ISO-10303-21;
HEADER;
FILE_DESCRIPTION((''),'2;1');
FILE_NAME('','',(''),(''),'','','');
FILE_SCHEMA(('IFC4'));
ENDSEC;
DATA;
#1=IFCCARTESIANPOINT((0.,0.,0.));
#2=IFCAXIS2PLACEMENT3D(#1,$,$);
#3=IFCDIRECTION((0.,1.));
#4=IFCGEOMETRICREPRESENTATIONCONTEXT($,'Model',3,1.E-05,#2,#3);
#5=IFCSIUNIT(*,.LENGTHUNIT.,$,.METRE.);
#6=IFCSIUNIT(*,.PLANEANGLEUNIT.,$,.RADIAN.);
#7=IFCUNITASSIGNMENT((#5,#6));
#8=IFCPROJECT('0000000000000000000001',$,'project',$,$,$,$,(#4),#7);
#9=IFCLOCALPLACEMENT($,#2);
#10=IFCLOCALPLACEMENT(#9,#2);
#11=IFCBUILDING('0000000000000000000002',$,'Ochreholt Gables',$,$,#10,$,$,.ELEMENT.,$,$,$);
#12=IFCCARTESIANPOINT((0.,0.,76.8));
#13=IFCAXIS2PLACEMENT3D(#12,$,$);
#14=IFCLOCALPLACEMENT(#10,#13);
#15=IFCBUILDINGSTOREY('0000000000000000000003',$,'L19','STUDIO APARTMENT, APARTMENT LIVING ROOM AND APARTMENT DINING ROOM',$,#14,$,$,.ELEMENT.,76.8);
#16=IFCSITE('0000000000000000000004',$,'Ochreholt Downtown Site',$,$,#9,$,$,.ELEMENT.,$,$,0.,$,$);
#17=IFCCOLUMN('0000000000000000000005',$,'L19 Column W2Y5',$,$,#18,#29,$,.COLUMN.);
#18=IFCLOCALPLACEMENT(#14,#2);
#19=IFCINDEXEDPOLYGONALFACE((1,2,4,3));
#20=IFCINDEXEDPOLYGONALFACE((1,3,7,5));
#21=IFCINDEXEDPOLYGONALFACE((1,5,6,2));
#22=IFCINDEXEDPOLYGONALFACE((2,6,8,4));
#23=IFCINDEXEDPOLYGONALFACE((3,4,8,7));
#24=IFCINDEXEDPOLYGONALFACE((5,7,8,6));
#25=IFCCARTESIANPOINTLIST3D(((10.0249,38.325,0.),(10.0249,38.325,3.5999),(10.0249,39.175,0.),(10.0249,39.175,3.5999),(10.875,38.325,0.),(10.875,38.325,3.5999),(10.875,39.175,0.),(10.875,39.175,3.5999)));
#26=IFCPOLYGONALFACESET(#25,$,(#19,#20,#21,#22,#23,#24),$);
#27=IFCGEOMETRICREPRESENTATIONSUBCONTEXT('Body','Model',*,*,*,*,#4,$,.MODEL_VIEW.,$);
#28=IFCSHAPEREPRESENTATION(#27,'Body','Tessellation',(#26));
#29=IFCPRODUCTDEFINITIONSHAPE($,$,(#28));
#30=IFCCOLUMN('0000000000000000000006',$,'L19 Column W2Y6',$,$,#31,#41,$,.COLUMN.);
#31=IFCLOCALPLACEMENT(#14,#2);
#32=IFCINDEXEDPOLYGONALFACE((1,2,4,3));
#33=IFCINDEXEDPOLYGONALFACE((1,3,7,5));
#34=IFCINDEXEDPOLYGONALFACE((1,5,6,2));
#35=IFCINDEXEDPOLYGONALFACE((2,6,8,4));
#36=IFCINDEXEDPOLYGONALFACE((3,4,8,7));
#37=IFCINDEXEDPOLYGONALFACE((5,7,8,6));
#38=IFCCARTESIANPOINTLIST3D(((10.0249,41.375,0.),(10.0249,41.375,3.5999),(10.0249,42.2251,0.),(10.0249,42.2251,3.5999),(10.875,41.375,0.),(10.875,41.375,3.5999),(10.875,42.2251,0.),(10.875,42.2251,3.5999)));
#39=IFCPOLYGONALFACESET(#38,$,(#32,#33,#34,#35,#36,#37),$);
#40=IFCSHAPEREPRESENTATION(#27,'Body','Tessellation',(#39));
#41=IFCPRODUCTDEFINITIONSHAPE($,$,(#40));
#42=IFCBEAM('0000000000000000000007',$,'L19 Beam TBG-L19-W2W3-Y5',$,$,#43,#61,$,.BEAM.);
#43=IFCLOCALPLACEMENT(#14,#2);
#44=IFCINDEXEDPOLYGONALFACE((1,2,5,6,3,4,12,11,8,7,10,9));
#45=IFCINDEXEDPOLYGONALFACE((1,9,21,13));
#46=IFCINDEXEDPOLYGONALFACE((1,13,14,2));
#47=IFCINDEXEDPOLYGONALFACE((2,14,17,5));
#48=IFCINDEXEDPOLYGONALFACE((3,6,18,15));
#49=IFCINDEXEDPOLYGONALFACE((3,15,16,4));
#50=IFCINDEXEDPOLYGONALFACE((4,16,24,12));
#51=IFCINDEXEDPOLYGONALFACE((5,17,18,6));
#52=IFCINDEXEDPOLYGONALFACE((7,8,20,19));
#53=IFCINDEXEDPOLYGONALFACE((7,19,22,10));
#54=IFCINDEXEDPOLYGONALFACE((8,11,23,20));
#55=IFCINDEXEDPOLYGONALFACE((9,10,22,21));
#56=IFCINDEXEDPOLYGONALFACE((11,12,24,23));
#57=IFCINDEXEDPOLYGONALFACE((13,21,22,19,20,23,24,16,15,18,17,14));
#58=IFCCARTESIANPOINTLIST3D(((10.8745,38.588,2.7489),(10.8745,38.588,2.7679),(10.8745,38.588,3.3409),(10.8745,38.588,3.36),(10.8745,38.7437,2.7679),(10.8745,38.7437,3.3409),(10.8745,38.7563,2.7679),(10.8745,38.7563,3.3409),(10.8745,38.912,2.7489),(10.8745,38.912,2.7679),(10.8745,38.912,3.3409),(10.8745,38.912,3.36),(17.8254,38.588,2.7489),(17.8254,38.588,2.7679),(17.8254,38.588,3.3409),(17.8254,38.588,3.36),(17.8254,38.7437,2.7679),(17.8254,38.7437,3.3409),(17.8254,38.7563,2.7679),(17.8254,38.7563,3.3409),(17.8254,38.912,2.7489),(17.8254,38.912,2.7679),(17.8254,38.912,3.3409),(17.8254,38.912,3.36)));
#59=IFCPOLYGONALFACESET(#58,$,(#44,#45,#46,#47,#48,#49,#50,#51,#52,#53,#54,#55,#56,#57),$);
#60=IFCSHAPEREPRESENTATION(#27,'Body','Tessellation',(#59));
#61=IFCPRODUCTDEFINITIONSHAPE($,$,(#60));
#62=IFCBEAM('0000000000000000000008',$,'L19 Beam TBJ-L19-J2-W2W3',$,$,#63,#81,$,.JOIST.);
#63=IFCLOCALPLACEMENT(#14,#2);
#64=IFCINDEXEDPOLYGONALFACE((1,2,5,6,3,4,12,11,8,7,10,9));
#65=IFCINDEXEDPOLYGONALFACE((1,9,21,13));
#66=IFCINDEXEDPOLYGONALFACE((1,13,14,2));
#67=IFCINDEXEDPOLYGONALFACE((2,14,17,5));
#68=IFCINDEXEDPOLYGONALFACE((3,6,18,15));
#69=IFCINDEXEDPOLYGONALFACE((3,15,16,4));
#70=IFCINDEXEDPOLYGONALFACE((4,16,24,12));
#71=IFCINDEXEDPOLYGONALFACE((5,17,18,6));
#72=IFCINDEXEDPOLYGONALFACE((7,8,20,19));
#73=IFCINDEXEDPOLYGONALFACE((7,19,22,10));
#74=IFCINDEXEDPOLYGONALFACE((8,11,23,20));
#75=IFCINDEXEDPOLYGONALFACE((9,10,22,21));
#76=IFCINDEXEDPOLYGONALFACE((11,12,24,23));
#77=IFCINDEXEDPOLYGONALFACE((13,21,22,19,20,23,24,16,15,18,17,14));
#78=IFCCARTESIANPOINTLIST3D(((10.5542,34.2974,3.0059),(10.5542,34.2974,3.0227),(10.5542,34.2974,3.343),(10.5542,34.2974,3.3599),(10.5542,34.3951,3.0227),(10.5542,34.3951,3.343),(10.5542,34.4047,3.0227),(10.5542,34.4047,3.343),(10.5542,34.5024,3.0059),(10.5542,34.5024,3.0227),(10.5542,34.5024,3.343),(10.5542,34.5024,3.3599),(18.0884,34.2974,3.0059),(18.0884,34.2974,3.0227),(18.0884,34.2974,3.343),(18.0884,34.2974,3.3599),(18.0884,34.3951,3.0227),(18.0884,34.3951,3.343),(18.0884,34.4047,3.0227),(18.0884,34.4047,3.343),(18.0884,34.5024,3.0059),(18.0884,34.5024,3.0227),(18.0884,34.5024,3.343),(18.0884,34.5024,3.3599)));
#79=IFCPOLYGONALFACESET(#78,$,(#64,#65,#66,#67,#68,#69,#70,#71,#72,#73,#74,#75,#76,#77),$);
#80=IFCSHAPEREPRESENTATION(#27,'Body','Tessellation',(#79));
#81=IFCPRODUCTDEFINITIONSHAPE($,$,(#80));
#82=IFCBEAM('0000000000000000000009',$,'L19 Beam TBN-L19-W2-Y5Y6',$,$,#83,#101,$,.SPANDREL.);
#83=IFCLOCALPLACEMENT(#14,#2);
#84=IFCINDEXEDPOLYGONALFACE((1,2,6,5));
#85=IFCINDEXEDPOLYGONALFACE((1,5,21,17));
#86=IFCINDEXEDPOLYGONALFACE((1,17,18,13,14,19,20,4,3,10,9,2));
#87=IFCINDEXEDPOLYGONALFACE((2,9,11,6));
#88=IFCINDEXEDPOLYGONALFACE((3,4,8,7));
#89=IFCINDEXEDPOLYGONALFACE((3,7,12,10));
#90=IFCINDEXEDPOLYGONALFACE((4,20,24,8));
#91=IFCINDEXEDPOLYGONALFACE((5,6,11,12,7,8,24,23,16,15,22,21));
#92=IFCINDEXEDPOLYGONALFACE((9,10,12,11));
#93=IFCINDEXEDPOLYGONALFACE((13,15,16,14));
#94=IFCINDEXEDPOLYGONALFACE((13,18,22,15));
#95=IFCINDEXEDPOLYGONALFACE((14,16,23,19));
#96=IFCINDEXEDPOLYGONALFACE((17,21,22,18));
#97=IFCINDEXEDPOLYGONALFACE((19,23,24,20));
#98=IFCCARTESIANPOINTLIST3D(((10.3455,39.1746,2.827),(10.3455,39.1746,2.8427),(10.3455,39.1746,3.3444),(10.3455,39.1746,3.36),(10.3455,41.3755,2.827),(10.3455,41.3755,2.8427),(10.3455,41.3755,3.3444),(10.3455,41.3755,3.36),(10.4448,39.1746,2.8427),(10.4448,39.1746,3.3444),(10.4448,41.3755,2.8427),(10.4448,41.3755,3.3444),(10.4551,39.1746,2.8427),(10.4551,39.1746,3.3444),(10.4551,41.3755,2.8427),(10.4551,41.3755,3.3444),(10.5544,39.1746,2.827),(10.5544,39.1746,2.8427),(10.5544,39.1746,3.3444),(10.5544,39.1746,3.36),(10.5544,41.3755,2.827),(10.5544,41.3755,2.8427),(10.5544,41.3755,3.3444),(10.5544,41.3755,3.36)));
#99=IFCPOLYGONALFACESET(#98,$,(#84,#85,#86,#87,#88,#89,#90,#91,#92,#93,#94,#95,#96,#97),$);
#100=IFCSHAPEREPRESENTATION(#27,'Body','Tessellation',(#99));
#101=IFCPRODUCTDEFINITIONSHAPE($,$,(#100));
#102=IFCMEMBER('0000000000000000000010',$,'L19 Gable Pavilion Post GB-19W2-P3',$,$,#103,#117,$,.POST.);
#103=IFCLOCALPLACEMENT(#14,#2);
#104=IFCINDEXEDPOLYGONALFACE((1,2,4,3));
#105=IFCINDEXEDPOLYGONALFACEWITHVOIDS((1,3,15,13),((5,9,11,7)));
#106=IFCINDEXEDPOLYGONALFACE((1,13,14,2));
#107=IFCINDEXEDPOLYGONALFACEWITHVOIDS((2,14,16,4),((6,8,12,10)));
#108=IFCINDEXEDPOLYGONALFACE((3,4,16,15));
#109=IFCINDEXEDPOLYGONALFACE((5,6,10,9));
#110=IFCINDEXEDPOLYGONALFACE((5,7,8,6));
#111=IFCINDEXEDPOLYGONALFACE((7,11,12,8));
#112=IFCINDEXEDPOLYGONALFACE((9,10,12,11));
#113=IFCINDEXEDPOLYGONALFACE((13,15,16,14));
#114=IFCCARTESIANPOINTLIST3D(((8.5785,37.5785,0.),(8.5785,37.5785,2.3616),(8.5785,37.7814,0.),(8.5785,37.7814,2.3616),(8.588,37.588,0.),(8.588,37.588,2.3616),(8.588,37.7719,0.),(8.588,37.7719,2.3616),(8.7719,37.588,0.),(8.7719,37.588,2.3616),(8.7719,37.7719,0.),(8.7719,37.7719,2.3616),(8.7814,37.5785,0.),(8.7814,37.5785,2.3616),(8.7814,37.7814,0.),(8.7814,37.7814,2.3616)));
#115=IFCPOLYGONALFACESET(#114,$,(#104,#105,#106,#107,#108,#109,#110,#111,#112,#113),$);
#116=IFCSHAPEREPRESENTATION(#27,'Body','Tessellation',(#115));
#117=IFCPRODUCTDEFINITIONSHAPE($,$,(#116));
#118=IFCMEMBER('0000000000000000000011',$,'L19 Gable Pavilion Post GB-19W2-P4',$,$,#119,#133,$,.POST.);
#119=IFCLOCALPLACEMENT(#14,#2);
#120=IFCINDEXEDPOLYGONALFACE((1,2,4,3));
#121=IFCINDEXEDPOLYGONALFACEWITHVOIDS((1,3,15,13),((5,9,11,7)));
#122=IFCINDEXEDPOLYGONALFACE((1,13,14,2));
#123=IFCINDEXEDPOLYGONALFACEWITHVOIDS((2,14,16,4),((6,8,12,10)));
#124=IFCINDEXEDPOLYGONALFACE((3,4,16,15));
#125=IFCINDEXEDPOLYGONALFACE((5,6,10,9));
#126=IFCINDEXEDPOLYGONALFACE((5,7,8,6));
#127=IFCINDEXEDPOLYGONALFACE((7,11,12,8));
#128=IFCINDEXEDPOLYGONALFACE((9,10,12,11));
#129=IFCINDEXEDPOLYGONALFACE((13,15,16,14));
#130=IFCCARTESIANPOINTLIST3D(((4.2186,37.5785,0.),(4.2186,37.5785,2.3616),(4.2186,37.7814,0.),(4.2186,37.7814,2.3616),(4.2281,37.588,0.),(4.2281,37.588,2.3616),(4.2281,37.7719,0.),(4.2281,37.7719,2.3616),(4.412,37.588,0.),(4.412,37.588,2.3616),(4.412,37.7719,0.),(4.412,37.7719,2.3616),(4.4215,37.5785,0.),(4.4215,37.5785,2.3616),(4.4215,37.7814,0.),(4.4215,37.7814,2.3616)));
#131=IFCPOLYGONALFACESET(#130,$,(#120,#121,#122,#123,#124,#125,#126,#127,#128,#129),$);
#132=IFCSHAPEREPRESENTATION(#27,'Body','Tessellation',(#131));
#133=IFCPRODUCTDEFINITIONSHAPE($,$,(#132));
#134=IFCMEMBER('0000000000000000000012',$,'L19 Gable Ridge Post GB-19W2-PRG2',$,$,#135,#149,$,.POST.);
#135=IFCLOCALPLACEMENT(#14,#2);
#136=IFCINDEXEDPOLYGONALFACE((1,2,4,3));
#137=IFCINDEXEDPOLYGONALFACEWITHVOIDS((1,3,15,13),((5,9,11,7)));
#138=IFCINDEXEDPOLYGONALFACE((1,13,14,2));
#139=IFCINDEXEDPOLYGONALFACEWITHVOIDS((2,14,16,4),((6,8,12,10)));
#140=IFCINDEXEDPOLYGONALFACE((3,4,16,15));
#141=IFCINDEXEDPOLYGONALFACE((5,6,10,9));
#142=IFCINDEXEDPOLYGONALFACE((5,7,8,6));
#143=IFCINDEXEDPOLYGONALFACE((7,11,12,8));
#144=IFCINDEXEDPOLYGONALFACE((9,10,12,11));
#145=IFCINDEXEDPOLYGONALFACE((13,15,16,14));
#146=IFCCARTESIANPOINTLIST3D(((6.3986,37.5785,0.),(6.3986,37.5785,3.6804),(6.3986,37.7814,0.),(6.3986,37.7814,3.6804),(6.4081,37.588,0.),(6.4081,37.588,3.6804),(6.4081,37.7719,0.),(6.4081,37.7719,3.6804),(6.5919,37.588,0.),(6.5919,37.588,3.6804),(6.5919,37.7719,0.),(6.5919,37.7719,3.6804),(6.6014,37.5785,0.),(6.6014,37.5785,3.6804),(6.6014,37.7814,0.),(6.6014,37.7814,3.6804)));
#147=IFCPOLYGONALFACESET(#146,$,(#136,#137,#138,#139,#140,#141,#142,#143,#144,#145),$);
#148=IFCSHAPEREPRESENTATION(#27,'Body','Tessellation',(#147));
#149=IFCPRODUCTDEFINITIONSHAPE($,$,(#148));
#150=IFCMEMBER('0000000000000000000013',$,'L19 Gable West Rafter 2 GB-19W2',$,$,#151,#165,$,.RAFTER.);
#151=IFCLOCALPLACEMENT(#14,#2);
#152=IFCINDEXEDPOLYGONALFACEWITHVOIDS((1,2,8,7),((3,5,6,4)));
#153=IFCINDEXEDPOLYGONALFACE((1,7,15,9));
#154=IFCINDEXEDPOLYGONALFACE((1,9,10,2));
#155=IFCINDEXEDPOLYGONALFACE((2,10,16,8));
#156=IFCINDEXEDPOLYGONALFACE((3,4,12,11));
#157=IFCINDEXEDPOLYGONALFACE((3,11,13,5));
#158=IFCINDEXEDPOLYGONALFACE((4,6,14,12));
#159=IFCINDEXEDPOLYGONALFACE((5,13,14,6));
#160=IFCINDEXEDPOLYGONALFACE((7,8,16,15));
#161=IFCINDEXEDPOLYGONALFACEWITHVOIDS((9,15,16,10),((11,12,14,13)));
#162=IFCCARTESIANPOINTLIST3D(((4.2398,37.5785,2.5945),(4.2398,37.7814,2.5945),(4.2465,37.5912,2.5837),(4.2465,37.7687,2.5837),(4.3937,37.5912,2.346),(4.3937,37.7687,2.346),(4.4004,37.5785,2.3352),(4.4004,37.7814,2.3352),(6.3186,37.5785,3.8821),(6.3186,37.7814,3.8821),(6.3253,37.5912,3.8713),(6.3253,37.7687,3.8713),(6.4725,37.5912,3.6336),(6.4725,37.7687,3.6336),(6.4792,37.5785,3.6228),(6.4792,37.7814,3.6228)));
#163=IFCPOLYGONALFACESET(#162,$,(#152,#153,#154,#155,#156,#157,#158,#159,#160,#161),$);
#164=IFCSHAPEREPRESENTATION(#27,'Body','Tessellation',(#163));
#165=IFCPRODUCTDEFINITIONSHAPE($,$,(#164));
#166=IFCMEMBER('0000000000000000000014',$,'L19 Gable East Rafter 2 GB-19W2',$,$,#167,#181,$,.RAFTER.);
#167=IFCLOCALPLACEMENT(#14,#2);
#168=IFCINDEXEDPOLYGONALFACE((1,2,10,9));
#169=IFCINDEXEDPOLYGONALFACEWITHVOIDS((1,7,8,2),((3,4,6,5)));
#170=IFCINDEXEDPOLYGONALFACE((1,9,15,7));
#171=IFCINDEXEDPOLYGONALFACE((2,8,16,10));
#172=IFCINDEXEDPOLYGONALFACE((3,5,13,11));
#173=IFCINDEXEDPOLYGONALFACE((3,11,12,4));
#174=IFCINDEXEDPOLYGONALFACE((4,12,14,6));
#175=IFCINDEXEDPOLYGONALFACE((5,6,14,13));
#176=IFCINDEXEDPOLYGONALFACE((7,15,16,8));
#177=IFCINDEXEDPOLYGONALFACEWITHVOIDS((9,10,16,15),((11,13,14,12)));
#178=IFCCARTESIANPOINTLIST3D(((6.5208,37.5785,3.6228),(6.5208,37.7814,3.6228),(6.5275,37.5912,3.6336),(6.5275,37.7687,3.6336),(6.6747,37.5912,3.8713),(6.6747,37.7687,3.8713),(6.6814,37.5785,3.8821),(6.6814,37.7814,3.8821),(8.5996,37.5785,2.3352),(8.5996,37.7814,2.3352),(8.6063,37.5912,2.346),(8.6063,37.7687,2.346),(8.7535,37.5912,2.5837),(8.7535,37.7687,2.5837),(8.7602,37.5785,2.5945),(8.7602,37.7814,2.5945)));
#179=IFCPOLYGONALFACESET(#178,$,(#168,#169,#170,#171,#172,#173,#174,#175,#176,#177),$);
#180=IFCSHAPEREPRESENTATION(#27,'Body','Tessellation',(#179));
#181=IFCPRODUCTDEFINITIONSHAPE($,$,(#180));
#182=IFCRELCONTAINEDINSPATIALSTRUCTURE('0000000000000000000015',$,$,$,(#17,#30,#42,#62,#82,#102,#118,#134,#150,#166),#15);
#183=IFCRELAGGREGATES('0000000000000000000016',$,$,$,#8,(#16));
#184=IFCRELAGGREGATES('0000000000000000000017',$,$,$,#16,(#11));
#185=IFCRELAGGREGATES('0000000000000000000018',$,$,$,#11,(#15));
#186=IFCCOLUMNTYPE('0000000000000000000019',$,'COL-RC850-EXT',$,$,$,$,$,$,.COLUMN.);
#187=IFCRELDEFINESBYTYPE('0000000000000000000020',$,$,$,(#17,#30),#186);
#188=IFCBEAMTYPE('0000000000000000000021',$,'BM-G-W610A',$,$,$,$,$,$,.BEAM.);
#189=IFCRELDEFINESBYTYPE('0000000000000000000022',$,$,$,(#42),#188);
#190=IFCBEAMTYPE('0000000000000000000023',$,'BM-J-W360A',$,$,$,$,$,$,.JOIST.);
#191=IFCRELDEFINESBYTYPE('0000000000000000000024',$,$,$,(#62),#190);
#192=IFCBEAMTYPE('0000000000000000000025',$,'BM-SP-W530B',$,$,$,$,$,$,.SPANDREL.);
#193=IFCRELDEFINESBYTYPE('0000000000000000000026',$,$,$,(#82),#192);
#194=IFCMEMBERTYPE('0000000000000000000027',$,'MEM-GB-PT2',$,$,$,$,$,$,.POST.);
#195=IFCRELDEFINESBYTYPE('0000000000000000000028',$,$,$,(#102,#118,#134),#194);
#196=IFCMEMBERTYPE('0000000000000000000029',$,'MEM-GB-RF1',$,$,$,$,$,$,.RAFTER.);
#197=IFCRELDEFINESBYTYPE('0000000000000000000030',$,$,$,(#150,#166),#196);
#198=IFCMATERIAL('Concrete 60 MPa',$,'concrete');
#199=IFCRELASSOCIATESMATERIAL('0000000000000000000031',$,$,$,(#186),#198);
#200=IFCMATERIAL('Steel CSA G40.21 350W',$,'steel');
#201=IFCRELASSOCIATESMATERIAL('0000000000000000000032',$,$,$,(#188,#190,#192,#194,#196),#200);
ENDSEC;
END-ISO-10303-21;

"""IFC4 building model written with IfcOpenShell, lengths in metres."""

from ifc_helpers import new_model, si_unit, direction, frame, origin, origin_2d, place, context, subcontext, project, spatial, rectangle, hollow_rectangle, i_section, extrude, material, material_profile, profile_set, type_object, element, save


model = new_model("IFC4")

# Units and contexts
model_context = context("Model", 3, precision=1e-05, world=origin(), true_north=direction((0.0, 1.0)))
body_context = subcontext(model_context, "Body", "Model", "MODEL_VIEW")
ifc_project = project(units=[si_unit("LENGTHUNIT", "METRE"), si_unit("PLANEANGLEUNIT", "RADIAN")], contexts=[model_context])

# Site, building, storey
site_placement = place(None, origin())
site = spatial("IfcSite", under=ifc_project, at=site_placement, Name="Ochreholt Downtown Site", CompositionType="ELEMENT", RefElevation=0.0)
building_placement = place(site_placement, origin())
building = spatial("IfcBuilding", under=site, at=building_placement, Name="Ochreholt Gables", CompositionType="ELEMENT")
storey_placement = place(building_placement, frame((0.0, 0.0, 76.8)))
storey = spatial("IfcBuildingStorey", under=building, at=storey_placement, Name="L19", Description="STUDIO APARTMENT, APARTMENT LIVING ROOM AND APARTMENT DINING ROOM", CompositionType="ELEMENT", Elevation=76.8)

# Columns
ifc_material_1 = material(Name="Concrete 60 MPa", Category="concrete")
ifc_material_profile_1 = material_profile(ifc_material_1, rectangle(XDim=0.8501, YDim=0.8501, at=origin_2d()), Name="RC850X850")
ifc_profile_set_1 = profile_set([ifc_material_profile_1], Name="Concrete 60 MPa")
column_type = type_object("IfcColumnType", Name="COL-RC850-EXT", PredefinedType="COLUMN", material=ifc_profile_set_1)
for number, where, z_axis, x_axis, name in (
    (1, (10.45, 38.75, 0.0), (0.0, 0.0, 1.0), (1.0, 0.0, 0.0), "L19 Column W2Y5"),
    (2, (10.45, 41.8, 0.0), (0.0, 0.0, 1.0), (1.0, 0.0, 0.0), "L19 Column W2Y6"),
):
    element("IfcColumn", number, at=place(storey_placement, frame(where, z_axis=z_axis, x_axis=x_axis)), inside=storey, type_object=column_type, Name=name, PredefinedType="COLUMN", context=body_context, shape_type="SweptSolid", body=[
        extrude(rectangle(XDim=0.8501, YDim=0.8501, at=origin_2d()), origin(), (0.0, 0.0, 1.0), 3.5999),
    ])

# Beams
ifc_material_2 = material(Name="Steel CSA G40.21 350W", Category="steel")
ifc_material_profile_2 = material_profile(ifc_material_2, i_section(OverallWidth=0.324, OverallDepth=0.6111, WebThickness=0.0127, FlangeThickness=0.019, at=origin_2d()), Name="W610X155")
ifc_profile_set_2 = profile_set([ifc_material_profile_2], Name="Steel CSA G40.21 350W")
beam_type_1 = type_object("IfcBeamType", Name="BM-G-W610A", PredefinedType="BEAM", material=ifc_profile_set_2)
beam_1_placement = place(storey_placement, frame((10.8745, 38.75, 3.0544), z_axis=(1.0, 0.0, 0.0), x_axis=(0.0, 1.0, 0.0)))
element("IfcBeam", 3, at=beam_1_placement, inside=storey, type_object=beam_type_1, Name="L19 Beam TBG-L19-W2W3-Y5", PredefinedType="BEAM", context=body_context, shape_type="SweptSolid", body=[
    extrude(i_section(OverallWidth=0.324, OverallDepth=0.6111, WebThickness=0.0127, FlangeThickness=0.019, at=origin_2d()), origin(), (0.0, 0.0, 1.0), 6.9509),
])
ifc_material_profile_3 = material_profile(ifc_material_2, i_section(OverallWidth=0.2051, OverallDepth=0.354, WebThickness=0.0095, FlangeThickness=0.0168, at=origin_2d()), Name="W360X79")
ifc_profile_set_3 = profile_set([ifc_material_profile_3], Name="Steel CSA G40.21 350W")
beam_type_2 = type_object("IfcBeamType", Name="BM-J-W360A", PredefinedType="JOIST", material=ifc_profile_set_3)
beam_2_placement = place(storey_placement, frame((10.5542, 34.3999, 3.1829), z_axis=(1.0, 0.0, 0.0), x_axis=(0.0, 1.0, 0.0)))
element("IfcBeam", 4, at=beam_2_placement, inside=storey, type_object=beam_type_2, Name="L19 Beam TBJ-L19-J2-W2W3", PredefinedType="JOIST", context=body_context, shape_type="SweptSolid", body=[
    extrude(i_section(OverallWidth=0.2051, OverallDepth=0.354, WebThickness=0.0095, FlangeThickness=0.0168, at=origin_2d()), origin(), (0.0, 0.0, 1.0), 7.5342),
])
ifc_material_profile_4 = material_profile(ifc_material_2, i_section(OverallWidth=0.209, OverallDepth=0.533, WebThickness=0.0103, FlangeThickness=0.0156, at=origin_2d()), Name="W530X92")
ifc_profile_set_4 = profile_set([ifc_material_profile_4], Name="Steel CSA G40.21 350W")
beam_type_3 = type_object("IfcBeamType", Name="BM-SP-W530B", PredefinedType="SPANDREL", material=ifc_profile_set_4)
beam_3_placement = place(storey_placement, frame((10.45, 39.1746, 3.0935), z_axis=(0.0, 1.0, 0.0), x_axis=(-1.0, 0.0, 0.0)))
element("IfcBeam", 5, at=beam_3_placement, inside=storey, type_object=beam_type_3, Name="L19 Beam TBN-L19-W2-Y5Y6", PredefinedType="SPANDREL", context=body_context, shape_type="SweptSolid", body=[
    extrude(i_section(OverallWidth=0.209, OverallDepth=0.533, WebThickness=0.0103, FlangeThickness=0.0156, at=origin_2d()), origin(), (0.0, 0.0, 1.0), 2.2009),
])

# Members
ifc_material_profile_5 = material_profile(ifc_material_2, hollow_rectangle(XDim=0.2029, YDim=0.2029, WallThickness=0.0095, at=origin_2d()), Name="HSS203X203X10")
ifc_profile_set_5 = profile_set([ifc_material_profile_5], Name="Steel CSA G40.21 350W")
member_type_1 = type_object("IfcMemberType", Name="MEM-GB-PT2", PredefinedType="POST", material=ifc_profile_set_5)
for number, where, z_axis, x_axis, name in (
    (6, (8.6799, 37.6799, 0.0), (0.0, 0.0, 1.0), (1.0, 0.0, 0.0), "L19 Gable Pavilion Post GB-19W2-P3"),
    (7, (4.3201, 37.6799, 0.0), (0.0, 0.0, 1.0), (1.0, 0.0, 0.0), "L19 Gable Pavilion Post GB-19W2-P4"),
):
    element("IfcMember", number, at=place(storey_placement, frame(where, z_axis=z_axis, x_axis=x_axis)), inside=storey, type_object=member_type_1, Name=name, PredefinedType="POST", context=body_context, shape_type="SweptSolid", body=[
        extrude(hollow_rectangle(XDim=0.2029, YDim=0.2029, WallThickness=0.0095, at=origin_2d()), origin(), (0.0, 0.0, 1.0), 2.3616),
    ])
member_placement = place(storey_placement, frame((6.5, 37.6799, 0.0), z_axis=(0.0, 0.0, 1.0), x_axis=(1.0, 0.0, 0.0)))
element("IfcMember", 8, at=member_placement, inside=storey, type_object=member_type_1, Name="L19 Gable Ridge Post GB-19W2-PRG2", PredefinedType="POST", context=body_context, shape_type="SweptSolid", body=[
    extrude(hollow_rectangle(XDim=0.2029, YDim=0.2029, WallThickness=0.0095, at=origin_2d()), origin(), (0.0, 0.0, 1.0), 3.6804),
])
ifc_material_profile_6 = material_profile(ifc_material_2, hollow_rectangle(XDim=0.2029, YDim=0.3049, WallThickness=0.0127, at=origin_2d()), Name="HSS305X203X13")
ifc_profile_set_6 = profile_set([ifc_material_profile_6], Name="Steel CSA G40.21 350W")
member_type_2 = type_object("IfcMemberType", Name="MEM-GB-RF1", PredefinedType="RAFTER", material=ifc_profile_set_6)
for number, where, z_axis, x_axis, name in (
    (9, (4.3201, 37.6799, 2.4648), (0.85014, 0.0, 0.526557), (0.0, 1.0, 0.0), "L19 Gable West Rafter 2 GB-19W2"),
    (10, (8.6799, 37.6799, 2.4648), (-0.85014, 0.0, 0.526557), (0.0, -1.0, 0.0), "L19 Gable East Rafter 2 GB-19W2"),
):
    element("IfcMember", number, at=place(storey_placement, frame(where, z_axis=z_axis, x_axis=x_axis)), inside=storey, type_object=member_type_2, Name=name, PredefinedType="RAFTER", context=body_context, shape_type="SweptSolid", body=[
        extrude(hollow_rectangle(XDim=0.2029, YDim=0.3049, WallThickness=0.0127, at=origin_2d()), origin(), (0.0, 0.0, 1.0), 2.4453),
    ])

save(model, "model.ifc")
